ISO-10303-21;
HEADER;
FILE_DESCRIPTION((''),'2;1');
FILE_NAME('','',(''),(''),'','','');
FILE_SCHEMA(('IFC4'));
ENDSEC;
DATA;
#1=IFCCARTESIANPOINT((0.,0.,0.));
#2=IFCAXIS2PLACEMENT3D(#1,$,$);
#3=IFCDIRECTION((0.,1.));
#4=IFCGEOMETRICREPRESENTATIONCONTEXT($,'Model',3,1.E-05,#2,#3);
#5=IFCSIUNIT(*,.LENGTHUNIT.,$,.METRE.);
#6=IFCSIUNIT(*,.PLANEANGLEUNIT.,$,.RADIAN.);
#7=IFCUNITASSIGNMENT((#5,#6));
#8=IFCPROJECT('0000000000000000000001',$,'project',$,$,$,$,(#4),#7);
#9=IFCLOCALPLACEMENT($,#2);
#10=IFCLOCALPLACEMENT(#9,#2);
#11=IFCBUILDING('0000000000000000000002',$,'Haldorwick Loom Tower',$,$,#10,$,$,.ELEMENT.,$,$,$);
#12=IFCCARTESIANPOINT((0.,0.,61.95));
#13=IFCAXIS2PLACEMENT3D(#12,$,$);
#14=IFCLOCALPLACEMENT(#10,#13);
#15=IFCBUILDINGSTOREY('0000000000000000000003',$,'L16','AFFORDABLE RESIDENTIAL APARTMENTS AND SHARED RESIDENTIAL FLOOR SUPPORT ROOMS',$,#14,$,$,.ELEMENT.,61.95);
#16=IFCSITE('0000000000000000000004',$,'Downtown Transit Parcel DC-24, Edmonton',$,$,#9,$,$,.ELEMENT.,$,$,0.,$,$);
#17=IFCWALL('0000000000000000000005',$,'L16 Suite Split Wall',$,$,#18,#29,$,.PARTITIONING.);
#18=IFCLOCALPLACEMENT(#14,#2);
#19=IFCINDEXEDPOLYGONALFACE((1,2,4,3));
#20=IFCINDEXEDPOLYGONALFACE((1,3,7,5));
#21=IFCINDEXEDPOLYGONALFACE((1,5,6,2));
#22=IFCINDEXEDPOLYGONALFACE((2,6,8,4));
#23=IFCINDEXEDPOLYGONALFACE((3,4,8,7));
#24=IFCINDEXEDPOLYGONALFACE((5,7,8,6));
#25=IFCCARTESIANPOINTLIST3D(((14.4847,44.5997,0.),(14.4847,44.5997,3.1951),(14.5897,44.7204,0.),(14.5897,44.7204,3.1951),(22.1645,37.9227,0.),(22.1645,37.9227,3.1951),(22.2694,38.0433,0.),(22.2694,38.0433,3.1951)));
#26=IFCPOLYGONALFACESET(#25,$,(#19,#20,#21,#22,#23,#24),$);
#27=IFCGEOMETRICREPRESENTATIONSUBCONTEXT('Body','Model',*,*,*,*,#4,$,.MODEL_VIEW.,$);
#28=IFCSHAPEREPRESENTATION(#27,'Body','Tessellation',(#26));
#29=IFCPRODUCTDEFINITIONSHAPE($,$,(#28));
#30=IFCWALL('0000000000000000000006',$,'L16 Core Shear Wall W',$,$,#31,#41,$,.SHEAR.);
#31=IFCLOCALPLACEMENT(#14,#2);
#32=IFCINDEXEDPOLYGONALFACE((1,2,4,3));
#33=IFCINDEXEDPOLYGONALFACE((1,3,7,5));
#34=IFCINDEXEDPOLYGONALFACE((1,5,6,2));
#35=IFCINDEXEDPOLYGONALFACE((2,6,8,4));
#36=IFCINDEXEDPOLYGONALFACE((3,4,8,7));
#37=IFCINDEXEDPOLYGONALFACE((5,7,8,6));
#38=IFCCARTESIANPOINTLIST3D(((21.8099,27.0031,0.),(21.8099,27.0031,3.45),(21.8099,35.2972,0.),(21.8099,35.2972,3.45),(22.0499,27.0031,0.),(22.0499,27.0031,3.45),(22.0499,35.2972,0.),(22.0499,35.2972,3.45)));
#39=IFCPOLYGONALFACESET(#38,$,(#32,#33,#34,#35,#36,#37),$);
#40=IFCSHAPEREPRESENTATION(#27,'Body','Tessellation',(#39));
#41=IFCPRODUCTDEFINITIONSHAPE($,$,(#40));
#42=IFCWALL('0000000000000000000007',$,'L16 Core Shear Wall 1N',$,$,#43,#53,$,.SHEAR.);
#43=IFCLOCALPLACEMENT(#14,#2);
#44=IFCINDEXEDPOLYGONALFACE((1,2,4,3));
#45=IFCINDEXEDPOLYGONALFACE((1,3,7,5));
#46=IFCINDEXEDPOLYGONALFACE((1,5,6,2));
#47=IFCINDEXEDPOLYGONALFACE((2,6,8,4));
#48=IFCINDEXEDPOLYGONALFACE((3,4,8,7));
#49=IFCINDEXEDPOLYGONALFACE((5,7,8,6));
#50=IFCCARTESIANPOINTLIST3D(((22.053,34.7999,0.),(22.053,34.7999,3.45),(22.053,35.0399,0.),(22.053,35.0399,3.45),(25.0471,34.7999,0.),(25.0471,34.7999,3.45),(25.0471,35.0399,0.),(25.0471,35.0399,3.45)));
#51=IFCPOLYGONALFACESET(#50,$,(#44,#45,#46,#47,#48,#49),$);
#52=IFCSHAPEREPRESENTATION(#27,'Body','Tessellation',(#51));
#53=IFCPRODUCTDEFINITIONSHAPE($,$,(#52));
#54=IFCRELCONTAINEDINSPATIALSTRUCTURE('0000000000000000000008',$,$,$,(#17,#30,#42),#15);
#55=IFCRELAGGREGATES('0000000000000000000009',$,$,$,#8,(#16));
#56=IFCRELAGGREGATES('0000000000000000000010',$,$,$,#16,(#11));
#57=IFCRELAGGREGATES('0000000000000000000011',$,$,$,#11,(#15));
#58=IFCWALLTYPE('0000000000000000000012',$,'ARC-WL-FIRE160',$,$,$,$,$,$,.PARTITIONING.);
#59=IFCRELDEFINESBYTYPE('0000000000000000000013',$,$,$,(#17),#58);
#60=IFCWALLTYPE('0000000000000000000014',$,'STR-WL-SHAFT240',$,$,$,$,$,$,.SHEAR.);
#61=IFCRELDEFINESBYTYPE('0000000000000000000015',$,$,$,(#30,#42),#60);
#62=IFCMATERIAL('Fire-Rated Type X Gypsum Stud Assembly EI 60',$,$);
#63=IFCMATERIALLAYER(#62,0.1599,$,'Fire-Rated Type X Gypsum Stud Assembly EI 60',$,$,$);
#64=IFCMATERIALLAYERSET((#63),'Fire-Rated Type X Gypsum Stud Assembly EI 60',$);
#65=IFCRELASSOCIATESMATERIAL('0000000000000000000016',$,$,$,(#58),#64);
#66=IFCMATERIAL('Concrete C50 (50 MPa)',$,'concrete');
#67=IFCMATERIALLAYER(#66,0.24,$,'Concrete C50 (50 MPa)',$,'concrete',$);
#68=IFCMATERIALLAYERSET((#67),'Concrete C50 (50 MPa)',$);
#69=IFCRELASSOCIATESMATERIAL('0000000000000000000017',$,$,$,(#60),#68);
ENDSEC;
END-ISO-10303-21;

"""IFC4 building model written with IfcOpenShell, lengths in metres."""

from ifc_helpers import new_model, si_unit, direction, frame, frame_2d, origin, place, context, subcontext, project, spatial, rectangle, extrude, material, layer, layer_set, type_object, element, save


model = new_model("IFC4")

# Units and contexts
model_context = context("Model", 3, precision=1e-05, world=origin(), true_north=direction((0.0, 1.0)))
body_context = subcontext(model_context, "Body", "Model", "MODEL_VIEW")
ifc_project = project(units=[si_unit("LENGTHUNIT", "METRE"), si_unit("PLANEANGLEUNIT", "RADIAN")], contexts=[model_context])

# Site, building, storey
site_placement = place(None, origin())
site = spatial("IfcSite", under=ifc_project, at=site_placement, Name="Downtown Transit Parcel DC-24, Edmonton", CompositionType="ELEMENT", RefElevation=0.0)
building_placement = place(site_placement, origin())
building = spatial("IfcBuilding", under=site, at=building_placement, Name="Haldorwick Loom Tower", CompositionType="ELEMENT")
storey_placement = place(building_placement, frame((0.0, 0.0, 61.95)))
storey = spatial("IfcBuildingStorey", under=building, at=storey_placement, Name="L16", Description="AFFORDABLE RESIDENTIAL APARTMENTS AND SHARED RESIDENTIAL FLOOR SUPPORT ROOMS", CompositionType="ELEMENT", Elevation=61.95)

# Shared definitions
ifc_material_1 = material(Name="Fire-Rated Type X Gypsum Stud Assembly EI 60")
ifc_layer_1 = layer(ifc_material_1, 0.1599, Name="Fire-Rated Type X Gypsum Stud Assembly EI 60")
ifc_layer_set_1 = layer_set([ifc_layer_1], Name="Fire-Rated Type X Gypsum Stud Assembly EI 60")
wall_type_1 = type_object("IfcWallType", Name="ARC-WL-FIRE160", PredefinedType="PARTITIONING", material=ifc_layer_set_1)

# Walls
wall_1_placement = place(storey_placement, frame((22.217, 37.9829, 0.0), z_axis=(0.0, 0.0, 1.0), x_axis=(-0.754654, 0.656123, 0.0)))
element("IfcWall", 1, at=wall_1_placement, inside=storey, type_object=wall_type_1, Name="L16 Suite Split Wall", PredefinedType="PARTITIONING", context=body_context, shape_type="SweptSolid", body=[
    extrude(rectangle(XDim=10.1765, YDim=0.1599, at=frame_2d((5.0884, 0.0))), origin(), (0.0, 0.0, 1.0), 3.1951),
])
ifc_material_2 = material(Name="Concrete C50 (50 MPa)", Category="concrete")
ifc_layer_2 = layer(ifc_material_2, 0.24, Name="Concrete C50 (50 MPa)", Category="concrete")
ifc_layer_set_2 = layer_set([ifc_layer_2], Name="Concrete C50 (50 MPa)")
wall_type_2 = type_object("IfcWallType", Name="STR-WL-SHAFT240", PredefinedType="SHEAR", material=ifc_layer_set_2)
wall_2_placement = place(storey_placement, frame((21.9299, 35.2971, 0.0), z_axis=(0.0, 0.0, 1.0), x_axis=(0.0, -1.0, 0.0)))
element("IfcWall", 2, at=wall_2_placement, inside=storey, type_object=wall_type_2, Name="L16 Core Shear Wall W", PredefinedType="SHEAR", context=body_context, shape_type="SweptSolid", body=[
    extrude(rectangle(XDim=8.2942, YDim=0.24, at=frame_2d((4.147, 0.0))), origin(), (0.0, 0.0, 1.0), 3.45),
])
wall_3_placement = place(storey_placement, frame((22.053, 34.9199, 0.0), z_axis=(0.0, 0.0, 1.0), x_axis=(1.0, 0.0, 0.0)))
element("IfcWall", 3, at=wall_3_placement, inside=storey, type_object=wall_type_2, Name="L16 Core Shear Wall 1N", PredefinedType="SHEAR", context=body_context, shape_type="SweptSolid", body=[
    extrude(rectangle(XDim=2.9941, YDim=0.24, at=frame_2d((1.4971, 0.0))), origin(), (0.0, 0.0, 1.0), 3.45),
])

save(model, "model.ifc")
